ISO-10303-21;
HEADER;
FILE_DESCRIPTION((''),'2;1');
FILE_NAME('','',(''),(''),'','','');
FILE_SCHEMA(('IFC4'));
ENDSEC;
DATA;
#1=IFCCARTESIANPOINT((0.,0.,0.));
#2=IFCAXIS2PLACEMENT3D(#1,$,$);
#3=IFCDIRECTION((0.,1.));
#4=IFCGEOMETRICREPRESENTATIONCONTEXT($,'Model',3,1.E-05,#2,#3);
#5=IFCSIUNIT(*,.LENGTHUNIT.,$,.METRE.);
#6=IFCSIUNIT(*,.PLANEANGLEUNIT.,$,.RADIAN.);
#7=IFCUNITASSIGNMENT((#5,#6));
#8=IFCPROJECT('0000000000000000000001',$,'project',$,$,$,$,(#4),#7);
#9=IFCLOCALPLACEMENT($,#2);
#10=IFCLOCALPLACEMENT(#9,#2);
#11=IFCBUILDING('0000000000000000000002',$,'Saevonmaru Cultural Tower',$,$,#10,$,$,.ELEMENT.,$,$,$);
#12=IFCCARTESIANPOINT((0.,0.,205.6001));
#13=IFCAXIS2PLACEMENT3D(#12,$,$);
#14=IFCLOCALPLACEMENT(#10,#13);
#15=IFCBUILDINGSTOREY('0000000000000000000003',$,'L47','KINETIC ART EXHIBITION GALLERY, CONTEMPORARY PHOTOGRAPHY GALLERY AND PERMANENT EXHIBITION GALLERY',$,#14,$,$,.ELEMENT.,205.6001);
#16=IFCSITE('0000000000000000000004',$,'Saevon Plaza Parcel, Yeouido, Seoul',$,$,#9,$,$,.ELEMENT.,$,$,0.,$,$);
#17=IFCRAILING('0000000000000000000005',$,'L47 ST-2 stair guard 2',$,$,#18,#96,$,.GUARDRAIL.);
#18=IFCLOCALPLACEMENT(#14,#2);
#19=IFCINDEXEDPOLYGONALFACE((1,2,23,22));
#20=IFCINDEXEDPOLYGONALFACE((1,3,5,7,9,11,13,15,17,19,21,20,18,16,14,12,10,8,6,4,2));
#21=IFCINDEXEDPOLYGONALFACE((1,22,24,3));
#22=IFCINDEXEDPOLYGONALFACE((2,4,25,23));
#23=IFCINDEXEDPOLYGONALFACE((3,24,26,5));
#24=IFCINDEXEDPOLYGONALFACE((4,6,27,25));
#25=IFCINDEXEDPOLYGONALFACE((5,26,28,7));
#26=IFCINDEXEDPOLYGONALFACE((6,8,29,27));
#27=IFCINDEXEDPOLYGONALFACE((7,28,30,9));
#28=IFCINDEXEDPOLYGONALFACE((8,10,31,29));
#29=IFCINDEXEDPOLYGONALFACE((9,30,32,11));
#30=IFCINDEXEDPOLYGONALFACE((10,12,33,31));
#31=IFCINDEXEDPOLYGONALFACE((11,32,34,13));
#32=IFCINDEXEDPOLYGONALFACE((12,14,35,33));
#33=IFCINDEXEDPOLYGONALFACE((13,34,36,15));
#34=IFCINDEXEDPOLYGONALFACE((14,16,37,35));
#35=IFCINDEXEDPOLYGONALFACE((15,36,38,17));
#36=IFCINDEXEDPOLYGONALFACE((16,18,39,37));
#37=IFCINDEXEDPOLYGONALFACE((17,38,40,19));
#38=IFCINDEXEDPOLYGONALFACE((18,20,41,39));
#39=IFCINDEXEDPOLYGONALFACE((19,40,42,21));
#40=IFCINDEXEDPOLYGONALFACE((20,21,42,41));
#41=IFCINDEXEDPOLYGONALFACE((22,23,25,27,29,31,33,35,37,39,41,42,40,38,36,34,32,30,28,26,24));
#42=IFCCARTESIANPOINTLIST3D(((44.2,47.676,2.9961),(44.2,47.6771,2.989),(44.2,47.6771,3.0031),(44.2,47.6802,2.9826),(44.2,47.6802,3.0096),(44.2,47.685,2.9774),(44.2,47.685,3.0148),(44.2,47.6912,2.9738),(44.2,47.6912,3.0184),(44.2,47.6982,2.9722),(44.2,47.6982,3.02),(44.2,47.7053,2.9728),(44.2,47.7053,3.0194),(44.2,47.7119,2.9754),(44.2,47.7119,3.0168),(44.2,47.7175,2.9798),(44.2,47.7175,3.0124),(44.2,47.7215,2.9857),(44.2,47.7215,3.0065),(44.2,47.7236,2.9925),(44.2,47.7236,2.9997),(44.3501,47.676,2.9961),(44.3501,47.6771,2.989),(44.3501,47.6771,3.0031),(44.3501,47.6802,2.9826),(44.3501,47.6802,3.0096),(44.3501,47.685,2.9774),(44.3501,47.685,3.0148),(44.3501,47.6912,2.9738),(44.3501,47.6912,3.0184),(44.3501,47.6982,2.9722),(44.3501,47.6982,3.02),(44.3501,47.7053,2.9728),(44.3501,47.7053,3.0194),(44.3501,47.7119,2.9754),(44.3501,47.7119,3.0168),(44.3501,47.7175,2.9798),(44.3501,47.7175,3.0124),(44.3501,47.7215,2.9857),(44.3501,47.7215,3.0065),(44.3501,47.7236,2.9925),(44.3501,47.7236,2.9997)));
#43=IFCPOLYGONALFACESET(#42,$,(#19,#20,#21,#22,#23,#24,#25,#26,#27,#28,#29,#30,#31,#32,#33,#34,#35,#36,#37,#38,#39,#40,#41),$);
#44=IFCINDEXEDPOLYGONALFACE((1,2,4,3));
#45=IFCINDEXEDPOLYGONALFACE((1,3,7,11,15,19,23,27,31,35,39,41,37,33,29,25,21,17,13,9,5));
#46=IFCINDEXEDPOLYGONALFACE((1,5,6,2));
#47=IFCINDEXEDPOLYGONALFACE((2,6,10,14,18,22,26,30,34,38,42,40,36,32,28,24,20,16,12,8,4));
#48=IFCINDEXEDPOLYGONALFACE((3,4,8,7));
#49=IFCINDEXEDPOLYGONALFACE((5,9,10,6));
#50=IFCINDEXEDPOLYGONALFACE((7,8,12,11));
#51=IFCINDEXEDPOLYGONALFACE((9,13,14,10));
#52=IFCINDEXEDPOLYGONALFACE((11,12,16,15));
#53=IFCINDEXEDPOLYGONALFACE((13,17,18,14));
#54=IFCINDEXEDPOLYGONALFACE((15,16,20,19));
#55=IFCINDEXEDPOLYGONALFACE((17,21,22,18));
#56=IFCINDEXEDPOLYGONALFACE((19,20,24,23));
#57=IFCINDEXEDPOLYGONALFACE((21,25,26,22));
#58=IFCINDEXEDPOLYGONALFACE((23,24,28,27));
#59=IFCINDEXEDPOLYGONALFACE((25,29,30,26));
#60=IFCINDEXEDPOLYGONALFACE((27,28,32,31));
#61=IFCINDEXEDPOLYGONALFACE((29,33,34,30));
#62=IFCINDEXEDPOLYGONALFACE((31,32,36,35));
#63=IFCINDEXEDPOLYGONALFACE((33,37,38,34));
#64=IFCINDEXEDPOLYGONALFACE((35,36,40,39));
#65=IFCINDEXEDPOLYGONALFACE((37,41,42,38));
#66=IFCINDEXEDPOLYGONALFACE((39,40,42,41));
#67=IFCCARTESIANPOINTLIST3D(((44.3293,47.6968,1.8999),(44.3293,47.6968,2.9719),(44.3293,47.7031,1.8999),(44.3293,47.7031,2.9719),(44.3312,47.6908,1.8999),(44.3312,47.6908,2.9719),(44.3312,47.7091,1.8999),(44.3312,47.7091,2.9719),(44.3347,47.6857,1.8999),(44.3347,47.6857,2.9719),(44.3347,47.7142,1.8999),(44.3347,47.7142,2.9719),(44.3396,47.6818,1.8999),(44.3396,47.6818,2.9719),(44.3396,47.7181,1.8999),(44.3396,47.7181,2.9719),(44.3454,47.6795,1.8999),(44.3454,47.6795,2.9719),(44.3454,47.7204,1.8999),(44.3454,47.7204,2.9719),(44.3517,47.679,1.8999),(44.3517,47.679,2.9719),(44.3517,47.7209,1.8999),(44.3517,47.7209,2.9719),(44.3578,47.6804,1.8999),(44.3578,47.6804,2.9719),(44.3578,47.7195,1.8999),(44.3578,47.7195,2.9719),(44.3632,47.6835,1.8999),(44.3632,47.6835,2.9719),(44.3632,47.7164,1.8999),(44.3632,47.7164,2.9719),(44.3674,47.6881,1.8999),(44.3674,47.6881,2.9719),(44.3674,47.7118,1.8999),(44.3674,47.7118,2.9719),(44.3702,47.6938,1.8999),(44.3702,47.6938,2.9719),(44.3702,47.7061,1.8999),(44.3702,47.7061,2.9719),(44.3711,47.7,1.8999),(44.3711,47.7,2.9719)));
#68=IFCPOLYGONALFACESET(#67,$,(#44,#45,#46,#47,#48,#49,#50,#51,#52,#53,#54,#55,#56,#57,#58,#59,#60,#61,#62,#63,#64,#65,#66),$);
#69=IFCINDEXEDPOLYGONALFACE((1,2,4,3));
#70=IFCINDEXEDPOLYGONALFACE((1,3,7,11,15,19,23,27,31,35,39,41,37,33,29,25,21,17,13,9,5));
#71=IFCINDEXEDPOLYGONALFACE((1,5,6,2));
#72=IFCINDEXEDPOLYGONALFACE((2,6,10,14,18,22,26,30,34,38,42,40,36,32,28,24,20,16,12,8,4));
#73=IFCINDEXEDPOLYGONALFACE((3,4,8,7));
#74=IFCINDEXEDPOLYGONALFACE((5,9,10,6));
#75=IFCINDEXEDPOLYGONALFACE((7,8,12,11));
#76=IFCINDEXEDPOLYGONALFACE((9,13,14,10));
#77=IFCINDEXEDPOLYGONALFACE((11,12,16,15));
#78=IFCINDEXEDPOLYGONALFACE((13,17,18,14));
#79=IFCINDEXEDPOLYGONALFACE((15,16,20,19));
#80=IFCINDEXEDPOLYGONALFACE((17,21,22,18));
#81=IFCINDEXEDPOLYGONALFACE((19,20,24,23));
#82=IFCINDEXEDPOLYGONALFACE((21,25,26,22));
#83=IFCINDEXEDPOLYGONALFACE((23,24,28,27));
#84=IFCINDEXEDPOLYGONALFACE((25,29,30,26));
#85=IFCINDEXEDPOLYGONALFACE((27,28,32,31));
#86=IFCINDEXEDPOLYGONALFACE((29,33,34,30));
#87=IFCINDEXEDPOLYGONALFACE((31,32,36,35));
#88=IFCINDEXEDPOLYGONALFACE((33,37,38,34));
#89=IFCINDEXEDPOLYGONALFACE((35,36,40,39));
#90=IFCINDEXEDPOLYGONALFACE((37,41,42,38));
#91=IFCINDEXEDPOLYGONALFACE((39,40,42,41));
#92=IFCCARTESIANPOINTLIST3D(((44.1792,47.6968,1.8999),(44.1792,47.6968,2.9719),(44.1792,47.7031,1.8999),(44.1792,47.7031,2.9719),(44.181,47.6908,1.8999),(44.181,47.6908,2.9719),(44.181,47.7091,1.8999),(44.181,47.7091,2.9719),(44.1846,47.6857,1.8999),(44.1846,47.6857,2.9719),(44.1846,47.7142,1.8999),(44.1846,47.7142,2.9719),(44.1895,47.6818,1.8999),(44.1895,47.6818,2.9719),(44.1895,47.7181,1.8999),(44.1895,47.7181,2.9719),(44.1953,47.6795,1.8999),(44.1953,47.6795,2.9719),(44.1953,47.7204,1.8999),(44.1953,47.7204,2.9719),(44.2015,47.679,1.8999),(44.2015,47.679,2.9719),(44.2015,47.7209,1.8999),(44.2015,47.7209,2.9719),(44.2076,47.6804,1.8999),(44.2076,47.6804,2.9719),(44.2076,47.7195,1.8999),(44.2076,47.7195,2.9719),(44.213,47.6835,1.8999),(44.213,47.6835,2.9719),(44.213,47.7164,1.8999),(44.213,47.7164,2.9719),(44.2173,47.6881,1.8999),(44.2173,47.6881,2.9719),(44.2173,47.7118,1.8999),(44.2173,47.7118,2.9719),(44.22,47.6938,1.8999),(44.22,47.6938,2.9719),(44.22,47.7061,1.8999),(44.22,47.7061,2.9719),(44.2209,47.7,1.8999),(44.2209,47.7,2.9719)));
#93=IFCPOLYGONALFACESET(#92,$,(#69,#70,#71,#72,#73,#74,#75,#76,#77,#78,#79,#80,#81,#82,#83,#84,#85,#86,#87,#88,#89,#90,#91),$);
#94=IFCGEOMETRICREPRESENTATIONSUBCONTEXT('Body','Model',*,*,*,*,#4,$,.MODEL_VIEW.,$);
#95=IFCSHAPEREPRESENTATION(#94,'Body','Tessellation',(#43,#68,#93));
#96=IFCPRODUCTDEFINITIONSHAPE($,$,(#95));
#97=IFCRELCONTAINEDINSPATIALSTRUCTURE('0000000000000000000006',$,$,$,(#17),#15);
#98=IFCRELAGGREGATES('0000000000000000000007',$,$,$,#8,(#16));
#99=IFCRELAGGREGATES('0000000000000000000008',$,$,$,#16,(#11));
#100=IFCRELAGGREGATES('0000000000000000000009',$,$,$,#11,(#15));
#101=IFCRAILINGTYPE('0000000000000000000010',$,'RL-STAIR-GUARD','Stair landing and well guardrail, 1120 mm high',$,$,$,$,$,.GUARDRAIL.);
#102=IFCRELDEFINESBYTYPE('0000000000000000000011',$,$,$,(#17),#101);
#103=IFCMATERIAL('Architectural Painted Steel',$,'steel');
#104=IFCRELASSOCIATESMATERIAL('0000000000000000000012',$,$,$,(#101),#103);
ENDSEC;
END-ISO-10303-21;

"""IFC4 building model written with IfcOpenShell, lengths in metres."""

from ifc_helpers import new_model, si_unit, direction, frame, origin, origin_2d, place, context, subcontext, project, spatial, circle, extrude, material, type_object, element, save


model = new_model("IFC4")

# Units and contexts
model_context = context("Model", 3, precision=1e-05, world=origin(), true_north=direction((0.0, 1.0)))
body_context = subcontext(model_context, "Body", "Model", "MODEL_VIEW")
ifc_project = project(units=[si_unit("LENGTHUNIT", "METRE"), si_unit("PLANEANGLEUNIT", "RADIAN")], contexts=[model_context])

# Site, building, storey
site_placement = place(None, origin())
site = spatial("IfcSite", under=ifc_project, at=site_placement, Name="Saevon Plaza Parcel, Yeouido, Seoul", CompositionType="ELEMENT", RefElevation=0.0)
building_placement = place(site_placement, origin())
building = spatial("IfcBuilding", under=site, at=building_placement, Name="Saevonmaru Cultural Tower", CompositionType="ELEMENT")
storey_placement = place(building_placement, frame((0.0, 0.0, 205.6001)))
storey = spatial("IfcBuildingStorey", under=building, at=storey_placement, Name="L47", Description="KINETIC ART EXHIBITION GALLERY, CONTEMPORARY PHOTOGRAPHY GALLERY AND PERMANENT EXHIBITION GALLERY", CompositionType="ELEMENT", Elevation=205.6001)

# Railing
ifc_material_1 = material(Name="Architectural Painted Steel", Category="steel")
railing_type_1 = type_object("IfcRailingType", Name="RL-STAIR-GUARD", Description="Stair landing and well guardrail, 1120 mm high", PredefinedType="GUARDRAIL", material=ifc_material_1)
railing_1_placement = place(storey_placement, frame((44.3501, 47.7, 1.8999)))
element("IfcRailing", 1, at=railing_1_placement, inside=storey, type_object=railing_type_1, Name="L47 ST-2 stair guard 2", PredefinedType="GUARDRAIL", context=body_context, shape_type="SweptSolid", body=[
    extrude(circle(Radius=0.0239, at=origin_2d()), frame((0.0, 0.0, 1.0962), z_axis=(-1.0, 0.0, 0.0), x_axis=(0.0, -1.0, 0.0)), (0.0, 0.0, 1.0), 0.1501),
    extrude(circle(Radius=0.021, at=origin_2d()), origin(), (0.0, 0.0, 1.0), 1.072),
    extrude(circle(Radius=0.021, at=origin_2d()), frame((-0.1501, 0.0, 0.0)), (0.0, 0.0, 1.0), 1.072),
])

save(model, "model.ifc")
